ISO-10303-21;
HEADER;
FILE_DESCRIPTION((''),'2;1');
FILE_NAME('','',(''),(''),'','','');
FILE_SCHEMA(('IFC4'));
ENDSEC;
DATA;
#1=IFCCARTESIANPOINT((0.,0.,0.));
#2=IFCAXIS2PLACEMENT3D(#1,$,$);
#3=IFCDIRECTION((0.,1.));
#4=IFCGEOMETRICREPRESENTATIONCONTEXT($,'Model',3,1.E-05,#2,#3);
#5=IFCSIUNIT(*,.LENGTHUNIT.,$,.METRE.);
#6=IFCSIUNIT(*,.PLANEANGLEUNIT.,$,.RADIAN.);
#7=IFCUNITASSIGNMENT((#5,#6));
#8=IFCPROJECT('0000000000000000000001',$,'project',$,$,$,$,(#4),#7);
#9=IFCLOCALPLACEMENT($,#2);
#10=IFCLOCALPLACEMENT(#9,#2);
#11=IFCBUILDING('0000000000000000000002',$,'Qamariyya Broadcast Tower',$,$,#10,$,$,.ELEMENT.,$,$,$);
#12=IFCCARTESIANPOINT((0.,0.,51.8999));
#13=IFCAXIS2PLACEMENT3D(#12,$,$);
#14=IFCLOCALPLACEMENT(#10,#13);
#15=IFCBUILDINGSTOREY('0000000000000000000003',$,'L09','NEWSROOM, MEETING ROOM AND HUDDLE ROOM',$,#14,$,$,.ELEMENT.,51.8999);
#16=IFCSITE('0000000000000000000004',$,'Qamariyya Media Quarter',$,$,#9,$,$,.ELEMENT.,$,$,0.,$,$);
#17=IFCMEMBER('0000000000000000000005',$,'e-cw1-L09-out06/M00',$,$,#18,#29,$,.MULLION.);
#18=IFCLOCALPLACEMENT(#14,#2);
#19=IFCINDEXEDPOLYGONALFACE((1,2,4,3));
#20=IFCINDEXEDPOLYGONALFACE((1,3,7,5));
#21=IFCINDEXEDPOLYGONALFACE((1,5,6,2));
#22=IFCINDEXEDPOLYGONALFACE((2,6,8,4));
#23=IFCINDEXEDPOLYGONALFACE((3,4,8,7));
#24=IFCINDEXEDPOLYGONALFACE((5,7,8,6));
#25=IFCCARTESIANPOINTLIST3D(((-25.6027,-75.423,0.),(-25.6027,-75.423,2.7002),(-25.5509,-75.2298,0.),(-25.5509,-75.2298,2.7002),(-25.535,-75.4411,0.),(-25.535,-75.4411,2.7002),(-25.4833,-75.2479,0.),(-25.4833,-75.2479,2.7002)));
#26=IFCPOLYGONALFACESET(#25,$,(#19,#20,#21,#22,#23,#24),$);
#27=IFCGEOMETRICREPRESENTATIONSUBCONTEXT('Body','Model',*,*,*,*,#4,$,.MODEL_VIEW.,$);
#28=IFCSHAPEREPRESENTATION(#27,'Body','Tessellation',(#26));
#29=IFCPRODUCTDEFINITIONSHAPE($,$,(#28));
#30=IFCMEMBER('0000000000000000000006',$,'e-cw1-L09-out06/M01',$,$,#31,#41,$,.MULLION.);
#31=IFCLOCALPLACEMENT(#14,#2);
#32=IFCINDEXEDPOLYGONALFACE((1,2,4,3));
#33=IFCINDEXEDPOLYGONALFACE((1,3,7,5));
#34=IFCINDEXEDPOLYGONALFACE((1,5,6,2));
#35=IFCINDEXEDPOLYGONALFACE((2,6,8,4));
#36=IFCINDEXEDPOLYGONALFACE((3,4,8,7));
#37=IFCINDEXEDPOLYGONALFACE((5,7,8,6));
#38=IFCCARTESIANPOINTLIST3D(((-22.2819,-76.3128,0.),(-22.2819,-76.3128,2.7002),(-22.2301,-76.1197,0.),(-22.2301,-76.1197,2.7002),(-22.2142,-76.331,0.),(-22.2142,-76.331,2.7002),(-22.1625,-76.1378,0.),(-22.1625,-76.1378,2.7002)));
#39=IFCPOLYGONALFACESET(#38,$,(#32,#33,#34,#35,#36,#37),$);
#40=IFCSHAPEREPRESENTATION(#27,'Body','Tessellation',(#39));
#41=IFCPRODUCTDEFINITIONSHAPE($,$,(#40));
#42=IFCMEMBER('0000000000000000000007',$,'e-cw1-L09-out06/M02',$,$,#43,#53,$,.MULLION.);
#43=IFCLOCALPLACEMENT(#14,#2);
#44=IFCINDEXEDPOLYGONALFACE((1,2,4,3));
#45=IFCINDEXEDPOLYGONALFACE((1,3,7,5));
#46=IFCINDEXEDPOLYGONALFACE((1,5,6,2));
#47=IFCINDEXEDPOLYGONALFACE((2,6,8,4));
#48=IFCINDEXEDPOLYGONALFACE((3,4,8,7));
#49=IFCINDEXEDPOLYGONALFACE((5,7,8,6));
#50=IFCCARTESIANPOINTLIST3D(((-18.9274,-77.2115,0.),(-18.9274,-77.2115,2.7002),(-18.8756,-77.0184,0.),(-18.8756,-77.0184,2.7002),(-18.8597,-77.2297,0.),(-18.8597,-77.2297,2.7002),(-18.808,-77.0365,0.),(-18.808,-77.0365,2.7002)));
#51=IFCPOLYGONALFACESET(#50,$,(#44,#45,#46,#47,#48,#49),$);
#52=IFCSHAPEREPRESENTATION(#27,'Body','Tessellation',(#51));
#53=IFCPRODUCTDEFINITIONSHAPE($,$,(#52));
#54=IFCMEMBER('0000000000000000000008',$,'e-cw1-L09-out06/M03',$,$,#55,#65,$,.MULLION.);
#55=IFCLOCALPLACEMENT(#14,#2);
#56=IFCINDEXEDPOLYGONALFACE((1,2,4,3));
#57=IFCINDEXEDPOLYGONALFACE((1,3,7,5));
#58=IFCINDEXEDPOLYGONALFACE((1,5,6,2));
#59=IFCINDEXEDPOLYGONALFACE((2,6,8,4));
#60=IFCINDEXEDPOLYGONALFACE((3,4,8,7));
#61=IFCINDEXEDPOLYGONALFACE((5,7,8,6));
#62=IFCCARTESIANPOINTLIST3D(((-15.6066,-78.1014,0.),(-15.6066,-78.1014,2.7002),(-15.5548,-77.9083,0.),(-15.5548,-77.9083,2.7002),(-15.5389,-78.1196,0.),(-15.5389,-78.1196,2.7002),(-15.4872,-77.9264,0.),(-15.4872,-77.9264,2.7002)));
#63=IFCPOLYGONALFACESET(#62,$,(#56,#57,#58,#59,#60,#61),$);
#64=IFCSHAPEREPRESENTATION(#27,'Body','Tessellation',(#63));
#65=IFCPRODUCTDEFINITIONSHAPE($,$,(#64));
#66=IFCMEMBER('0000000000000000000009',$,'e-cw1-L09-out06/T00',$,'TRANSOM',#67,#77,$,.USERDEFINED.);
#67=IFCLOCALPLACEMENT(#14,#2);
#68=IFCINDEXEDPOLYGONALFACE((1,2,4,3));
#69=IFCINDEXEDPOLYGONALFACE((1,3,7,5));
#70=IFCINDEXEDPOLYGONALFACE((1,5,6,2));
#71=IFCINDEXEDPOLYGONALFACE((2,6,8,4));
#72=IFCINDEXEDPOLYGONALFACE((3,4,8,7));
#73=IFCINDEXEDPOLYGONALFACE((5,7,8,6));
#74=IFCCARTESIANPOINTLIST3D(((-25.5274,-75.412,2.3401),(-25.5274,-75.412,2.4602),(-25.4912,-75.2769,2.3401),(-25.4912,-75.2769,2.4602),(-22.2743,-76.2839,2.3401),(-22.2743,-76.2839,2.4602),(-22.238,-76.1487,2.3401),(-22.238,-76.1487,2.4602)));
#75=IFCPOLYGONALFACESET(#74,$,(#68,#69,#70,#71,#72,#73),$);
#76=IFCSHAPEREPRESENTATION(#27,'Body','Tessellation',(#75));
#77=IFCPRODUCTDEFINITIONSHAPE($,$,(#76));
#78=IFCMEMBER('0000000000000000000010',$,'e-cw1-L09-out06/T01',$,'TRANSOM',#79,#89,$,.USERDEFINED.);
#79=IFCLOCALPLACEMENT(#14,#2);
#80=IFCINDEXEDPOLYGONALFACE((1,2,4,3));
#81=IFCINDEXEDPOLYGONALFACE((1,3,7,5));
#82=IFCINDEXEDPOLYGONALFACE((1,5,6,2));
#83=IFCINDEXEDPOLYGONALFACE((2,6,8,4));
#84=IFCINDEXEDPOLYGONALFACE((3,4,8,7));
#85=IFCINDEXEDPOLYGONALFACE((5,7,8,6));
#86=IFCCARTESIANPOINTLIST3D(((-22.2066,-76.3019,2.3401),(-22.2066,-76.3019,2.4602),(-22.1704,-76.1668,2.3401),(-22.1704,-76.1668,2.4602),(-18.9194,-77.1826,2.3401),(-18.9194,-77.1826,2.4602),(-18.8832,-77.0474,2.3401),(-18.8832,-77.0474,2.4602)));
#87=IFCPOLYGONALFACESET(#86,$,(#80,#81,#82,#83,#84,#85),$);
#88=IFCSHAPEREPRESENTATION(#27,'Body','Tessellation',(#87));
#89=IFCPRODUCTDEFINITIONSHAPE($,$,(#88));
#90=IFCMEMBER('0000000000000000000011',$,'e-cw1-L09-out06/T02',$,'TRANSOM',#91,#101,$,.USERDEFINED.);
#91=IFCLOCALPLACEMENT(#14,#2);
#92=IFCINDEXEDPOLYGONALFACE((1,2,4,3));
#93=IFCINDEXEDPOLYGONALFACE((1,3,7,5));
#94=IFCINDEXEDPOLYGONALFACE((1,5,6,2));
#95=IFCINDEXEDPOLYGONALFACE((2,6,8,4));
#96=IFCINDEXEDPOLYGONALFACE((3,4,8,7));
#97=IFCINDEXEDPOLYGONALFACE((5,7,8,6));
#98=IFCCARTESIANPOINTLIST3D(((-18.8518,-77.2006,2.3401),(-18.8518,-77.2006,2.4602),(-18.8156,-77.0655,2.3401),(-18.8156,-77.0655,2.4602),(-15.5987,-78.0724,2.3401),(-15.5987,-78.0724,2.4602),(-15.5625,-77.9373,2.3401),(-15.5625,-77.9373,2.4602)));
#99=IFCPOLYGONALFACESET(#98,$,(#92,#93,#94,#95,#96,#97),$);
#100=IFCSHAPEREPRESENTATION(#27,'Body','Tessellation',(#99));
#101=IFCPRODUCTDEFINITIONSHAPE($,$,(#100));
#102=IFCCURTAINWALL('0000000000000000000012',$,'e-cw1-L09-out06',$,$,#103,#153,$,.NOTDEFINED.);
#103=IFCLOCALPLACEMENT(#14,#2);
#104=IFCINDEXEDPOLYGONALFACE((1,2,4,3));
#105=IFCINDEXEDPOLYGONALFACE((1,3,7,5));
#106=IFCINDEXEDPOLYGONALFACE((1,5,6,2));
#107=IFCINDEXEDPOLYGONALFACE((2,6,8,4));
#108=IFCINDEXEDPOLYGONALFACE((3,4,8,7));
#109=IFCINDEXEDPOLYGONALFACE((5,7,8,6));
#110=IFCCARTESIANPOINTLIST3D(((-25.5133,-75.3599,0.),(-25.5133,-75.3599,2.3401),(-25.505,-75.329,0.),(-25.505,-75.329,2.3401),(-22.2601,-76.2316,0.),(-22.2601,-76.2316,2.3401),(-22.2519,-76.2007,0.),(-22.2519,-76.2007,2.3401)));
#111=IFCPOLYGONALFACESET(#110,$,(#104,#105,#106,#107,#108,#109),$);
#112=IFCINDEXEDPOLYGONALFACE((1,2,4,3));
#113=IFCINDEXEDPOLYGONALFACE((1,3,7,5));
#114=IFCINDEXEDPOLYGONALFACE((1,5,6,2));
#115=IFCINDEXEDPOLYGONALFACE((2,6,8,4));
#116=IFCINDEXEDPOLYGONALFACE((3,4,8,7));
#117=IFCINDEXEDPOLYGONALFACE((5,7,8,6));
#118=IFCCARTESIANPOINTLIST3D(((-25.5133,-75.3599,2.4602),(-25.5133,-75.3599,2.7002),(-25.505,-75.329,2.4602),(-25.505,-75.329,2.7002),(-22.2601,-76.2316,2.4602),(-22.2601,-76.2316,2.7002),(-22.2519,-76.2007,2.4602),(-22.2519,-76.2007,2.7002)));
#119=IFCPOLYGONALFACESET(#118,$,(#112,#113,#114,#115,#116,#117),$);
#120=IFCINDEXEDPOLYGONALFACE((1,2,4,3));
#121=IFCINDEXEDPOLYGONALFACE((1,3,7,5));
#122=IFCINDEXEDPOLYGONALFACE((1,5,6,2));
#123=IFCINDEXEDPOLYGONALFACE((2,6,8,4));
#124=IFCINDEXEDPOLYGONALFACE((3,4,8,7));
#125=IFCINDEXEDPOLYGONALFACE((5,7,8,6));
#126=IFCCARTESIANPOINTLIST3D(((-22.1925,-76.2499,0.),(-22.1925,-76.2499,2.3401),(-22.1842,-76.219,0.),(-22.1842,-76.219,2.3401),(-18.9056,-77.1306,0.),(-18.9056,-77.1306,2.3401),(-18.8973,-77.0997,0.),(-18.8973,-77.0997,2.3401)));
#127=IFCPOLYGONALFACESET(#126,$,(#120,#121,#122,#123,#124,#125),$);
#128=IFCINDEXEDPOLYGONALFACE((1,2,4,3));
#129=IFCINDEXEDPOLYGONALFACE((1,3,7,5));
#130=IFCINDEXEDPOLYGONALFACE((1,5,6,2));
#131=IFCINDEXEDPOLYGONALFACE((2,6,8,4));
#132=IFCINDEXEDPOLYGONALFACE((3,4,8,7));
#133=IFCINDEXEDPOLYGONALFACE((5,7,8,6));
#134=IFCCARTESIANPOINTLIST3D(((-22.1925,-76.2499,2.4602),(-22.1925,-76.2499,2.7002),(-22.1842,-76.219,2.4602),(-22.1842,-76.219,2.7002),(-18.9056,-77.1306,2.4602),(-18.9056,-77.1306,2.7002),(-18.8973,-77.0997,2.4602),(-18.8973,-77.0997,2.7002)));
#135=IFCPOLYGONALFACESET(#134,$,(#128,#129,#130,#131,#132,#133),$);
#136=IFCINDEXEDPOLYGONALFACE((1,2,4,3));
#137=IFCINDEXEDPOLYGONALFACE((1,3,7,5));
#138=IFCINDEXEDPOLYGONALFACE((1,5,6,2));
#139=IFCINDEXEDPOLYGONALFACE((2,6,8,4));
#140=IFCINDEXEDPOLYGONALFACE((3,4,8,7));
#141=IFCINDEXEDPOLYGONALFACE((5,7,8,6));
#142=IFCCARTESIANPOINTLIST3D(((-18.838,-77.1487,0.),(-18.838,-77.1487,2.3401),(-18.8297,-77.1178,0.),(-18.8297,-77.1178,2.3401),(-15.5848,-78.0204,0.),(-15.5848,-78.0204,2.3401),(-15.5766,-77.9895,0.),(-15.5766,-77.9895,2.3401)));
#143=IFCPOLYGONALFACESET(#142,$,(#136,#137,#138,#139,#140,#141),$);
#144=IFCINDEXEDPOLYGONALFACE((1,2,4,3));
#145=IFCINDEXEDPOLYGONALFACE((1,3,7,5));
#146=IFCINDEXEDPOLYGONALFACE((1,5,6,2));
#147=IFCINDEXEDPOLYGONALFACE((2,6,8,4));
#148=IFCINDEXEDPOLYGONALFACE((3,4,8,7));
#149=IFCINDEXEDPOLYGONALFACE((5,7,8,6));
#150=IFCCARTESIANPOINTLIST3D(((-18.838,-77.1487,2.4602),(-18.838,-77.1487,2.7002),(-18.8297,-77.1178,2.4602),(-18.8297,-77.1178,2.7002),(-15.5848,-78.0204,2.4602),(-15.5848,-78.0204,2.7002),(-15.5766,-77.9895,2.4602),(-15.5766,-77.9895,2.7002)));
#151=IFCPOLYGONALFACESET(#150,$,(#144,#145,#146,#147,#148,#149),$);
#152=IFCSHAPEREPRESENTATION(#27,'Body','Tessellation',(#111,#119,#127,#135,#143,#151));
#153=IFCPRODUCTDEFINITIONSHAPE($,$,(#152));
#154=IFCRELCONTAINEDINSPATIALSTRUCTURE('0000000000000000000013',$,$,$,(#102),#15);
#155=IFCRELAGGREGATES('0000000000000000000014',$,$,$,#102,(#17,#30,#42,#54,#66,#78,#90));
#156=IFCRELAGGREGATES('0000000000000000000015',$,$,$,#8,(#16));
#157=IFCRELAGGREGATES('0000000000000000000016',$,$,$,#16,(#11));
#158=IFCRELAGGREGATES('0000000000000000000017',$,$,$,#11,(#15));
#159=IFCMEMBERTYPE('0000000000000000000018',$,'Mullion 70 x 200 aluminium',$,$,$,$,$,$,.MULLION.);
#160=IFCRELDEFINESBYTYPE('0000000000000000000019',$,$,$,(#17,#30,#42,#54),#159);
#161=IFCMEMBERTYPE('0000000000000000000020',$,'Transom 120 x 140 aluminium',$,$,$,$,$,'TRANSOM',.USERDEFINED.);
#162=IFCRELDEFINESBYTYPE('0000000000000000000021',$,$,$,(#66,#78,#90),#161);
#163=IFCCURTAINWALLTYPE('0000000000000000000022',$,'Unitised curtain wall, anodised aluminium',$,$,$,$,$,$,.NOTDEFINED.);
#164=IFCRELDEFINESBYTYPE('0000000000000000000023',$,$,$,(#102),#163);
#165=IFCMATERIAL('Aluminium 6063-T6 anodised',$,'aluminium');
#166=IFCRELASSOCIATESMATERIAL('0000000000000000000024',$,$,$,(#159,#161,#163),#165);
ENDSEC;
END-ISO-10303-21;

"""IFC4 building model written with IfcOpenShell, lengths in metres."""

from ifc_helpers import new_model, si_unit, direction, frame, origin, origin_2d, place, context, subcontext, project, spatial, rectangle, extrude, material, material_profile, profile_set, type_object, element, aggregate, save


model = new_model("IFC4")

# Units and contexts
model_context = context("Model", 3, precision=1e-05, world=origin(), true_north=direction((0.0, 1.0)))
body_context = subcontext(model_context, "Body", "Model", "MODEL_VIEW")
ifc_project = project(units=[si_unit("LENGTHUNIT", "METRE"), si_unit("PLANEANGLEUNIT", "RADIAN")], contexts=[model_context])

# Members
ifc_material = material(Name="Aluminium 6063-T6 anodised", Category="aluminium")
ifc_material_profile_1 = material_profile(ifc_material, rectangle(XDim=0.2, YDim=0.0701, at=origin_2d()))
ifc_profile_set_1 = profile_set([ifc_material_profile_1], Name="Aluminium 6063-T6 anodised")
member_type_1 = type_object("IfcMemberType", Name="Mullion 70 x 200 aluminium", PredefinedType="MULLION", material=ifc_profile_set_1)
site_placement = place(None, origin())
building_placement = place(site_placement, origin())
storey_placement = place(building_placement, frame((0.0, 0.0, 51.8999)))
member_1_placement = place(storey_placement, frame((-25.543, -75.3354, 0.0), z_axis=(0.0, 0.0, 1.0), x_axis=(0.258819, 0.965926, 0.0)))
member_1 = element("IfcMember", 1, at=member_1_placement, type_object=member_type_1, Name="e-cw1-L09-out06/M00", PredefinedType="MULLION", context=body_context, shape_type="SweptSolid", body=[
    extrude(rectangle(XDim=0.2, YDim=0.0701, at=origin_2d()), origin(), (0.0, 0.0, 1.0), 2.7002),
])
member_2_placement = place(storey_placement, frame((-22.2222, -76.2253, 0.0), z_axis=(0.0, 0.0, 1.0), x_axis=(0.258819, 0.965926, 0.0)))
member_2 = element("IfcMember", 2, at=member_2_placement, type_object=member_type_1, Name="e-cw1-L09-out06/M01", PredefinedType="MULLION", context=body_context, shape_type="SweptSolid", body=[
    extrude(rectangle(XDim=0.2, YDim=0.0701, at=origin_2d()), origin(), (0.0, 0.0, 1.0), 2.7002),
])
member_3_placement = place(storey_placement, frame((-18.8677, -77.124, 0.0), z_axis=(0.0, 0.0, 1.0), x_axis=(0.258819, 0.965926, 0.0)))
member_3 = element("IfcMember", 3, at=member_3_placement, type_object=member_type_1, Name="e-cw1-L09-out06/M02", PredefinedType="MULLION", context=body_context, shape_type="SweptSolid", body=[
    extrude(rectangle(XDim=0.2, YDim=0.0701, at=origin_2d()), origin(), (0.0, 0.0, 1.0), 2.7002),
])
member_4_placement = place(storey_placement, frame((-15.5469, -78.0139, 0.0), z_axis=(0.0, 0.0, 1.0), x_axis=(0.258819, 0.965926, 0.0)))
member_4 = element("IfcMember", 4, at=member_4_placement, type_object=member_type_1, Name="e-cw1-L09-out06/M03", PredefinedType="MULLION", context=body_context, shape_type="SweptSolid", body=[
    extrude(rectangle(XDim=0.2, YDim=0.0701, at=origin_2d()), origin(), (0.0, 0.0, 1.0), 2.7002),
])
ifc_material_profile_2 = material_profile(ifc_material, rectangle(XDim=0.1399, YDim=0.1201, at=origin_2d()))
ifc_profile_set_2 = profile_set([ifc_material_profile_2], Name="Aluminium 6063-T6 anodised")
member_type_2 = type_object("IfcMemberType", Name="Transom 120 x 140 aluminium", ElementType="TRANSOM", PredefinedType="USERDEFINED", material=ifc_profile_set_2)
member_5_placement = place(storey_placement, frame((-25.5093, -75.3445, 2.4001), z_axis=(0.965915, -0.258858, 0.0), x_axis=(0.258858, 0.965915, 0.0)))
member_5 = element("IfcMember", 5, at=member_5_placement, type_object=member_type_2, Name="e-cw1-L09-out06/T00", ObjectType="TRANSOM", PredefinedType="USERDEFINED", context=body_context, shape_type="SweptSolid", body=[
    extrude(rectangle(XDim=0.1399, YDim=0.1201, at=origin_2d()), origin(), (0.0, 0.0, 1.0), 3.3679),
])
member_6_placement = place(storey_placement, frame((-22.1885, -76.2344, 2.4001), z_axis=(0.965938, -0.258774, 0.0), x_axis=(0.258774, 0.965938, 0.0)))
member_6 = element("IfcMember", 6, at=member_6_placement, type_object=member_type_2, Name="e-cw1-L09-out06/T01", ObjectType="TRANSOM", PredefinedType="USERDEFINED", context=body_context, shape_type="SweptSolid", body=[
    extrude(rectangle(XDim=0.1399, YDim=0.1201, at=origin_2d()), origin(), (0.0, 0.0, 1.0), 3.4031),
])
member_7_placement = place(storey_placement, frame((-18.8337, -77.1331, 2.4001), z_axis=(0.965915, -0.258858, 0.0), x_axis=(0.258858, 0.965915, 0.0)))
member_7 = element("IfcMember", 7, at=member_7_placement, type_object=member_type_2, Name="e-cw1-L09-out06/T02", ObjectType="TRANSOM", PredefinedType="USERDEFINED", context=body_context, shape_type="SweptSolid", body=[
    extrude(rectangle(XDim=0.1399, YDim=0.1201, at=origin_2d()), origin(), (0.0, 0.0, 1.0), 3.3679),
])

# Site, building, storey
site = spatial("IfcSite", under=ifc_project, at=site_placement, Name="Qamariyya Media Quarter", CompositionType="ELEMENT", RefElevation=0.0)
building = spatial("IfcBuilding", under=site, at=building_placement, Name="Qamariyya Broadcast Tower", CompositionType="ELEMENT")
storey = spatial("IfcBuildingStorey", under=building, at=storey_placement, Name="L09", Description="NEWSROOM, MEETING ROOM AND HUDDLE ROOM", CompositionType="ELEMENT", Elevation=51.8999)

# Curtain wall
curtain_wall_type = type_object("IfcCurtainWallType", Name="Unitised curtain wall, anodised aluminium", PredefinedType="NOTDEFINED", material=ifc_material)
curtain_wall_1_placement = place(storey_placement, origin())
curtain_wall_1 = element("IfcCurtainWall", 8, at=curtain_wall_1_placement, inside=storey, type_object=curtain_wall_type, Name="e-cw1-L09-out06", PredefinedType="NOTDEFINED", context=body_context, shape_type="SweptSolid", body=[
    extrude(rectangle(XDim=3.3679, YDim=0.032, at=origin_2d()), frame((-23.8826, -75.7803, 0.0), x_axis=(0.965925, -0.258822, 0.0)), (0.0, 0.0, 1.0), 2.3401),
    extrude(rectangle(XDim=3.3679, YDim=0.032, at=origin_2d()), frame((-23.8826, -75.7803, 2.4602), x_axis=(0.965925, -0.258822, 0.0)), (0.0, 0.0, 1.0), 0.24),
    extrude(rectangle(XDim=3.4028, YDim=0.032, at=origin_2d()), frame((-20.5449, -76.6748, 0.0), x_axis=(0.965925, -0.258822, 0.0)), (0.0, 0.0, 1.0), 2.3401),
    extrude(rectangle(XDim=3.4028, YDim=0.032, at=origin_2d()), frame((-20.5449, -76.6748, 2.4602), x_axis=(0.965925, -0.258822, 0.0)), (0.0, 0.0, 1.0), 0.24),
    extrude(rectangle(XDim=3.3679, YDim=0.032, at=origin_2d()), frame((-17.2073, -77.5691, 0.0), x_axis=(0.965925, -0.258822, 0.0)), (0.0, 0.0, 1.0), 2.3401),
    extrude(rectangle(XDim=3.3679, YDim=0.032, at=origin_2d()), frame((-17.2073, -77.5691, 2.4602), x_axis=(0.965925, -0.258822, 0.0)), (0.0, 0.0, 1.0), 0.24),
])
aggregate(curtain_wall_1, [member_1, member_2, member_3, member_4, member_5, member_6, member_7])

save(model, "model.ifc")
